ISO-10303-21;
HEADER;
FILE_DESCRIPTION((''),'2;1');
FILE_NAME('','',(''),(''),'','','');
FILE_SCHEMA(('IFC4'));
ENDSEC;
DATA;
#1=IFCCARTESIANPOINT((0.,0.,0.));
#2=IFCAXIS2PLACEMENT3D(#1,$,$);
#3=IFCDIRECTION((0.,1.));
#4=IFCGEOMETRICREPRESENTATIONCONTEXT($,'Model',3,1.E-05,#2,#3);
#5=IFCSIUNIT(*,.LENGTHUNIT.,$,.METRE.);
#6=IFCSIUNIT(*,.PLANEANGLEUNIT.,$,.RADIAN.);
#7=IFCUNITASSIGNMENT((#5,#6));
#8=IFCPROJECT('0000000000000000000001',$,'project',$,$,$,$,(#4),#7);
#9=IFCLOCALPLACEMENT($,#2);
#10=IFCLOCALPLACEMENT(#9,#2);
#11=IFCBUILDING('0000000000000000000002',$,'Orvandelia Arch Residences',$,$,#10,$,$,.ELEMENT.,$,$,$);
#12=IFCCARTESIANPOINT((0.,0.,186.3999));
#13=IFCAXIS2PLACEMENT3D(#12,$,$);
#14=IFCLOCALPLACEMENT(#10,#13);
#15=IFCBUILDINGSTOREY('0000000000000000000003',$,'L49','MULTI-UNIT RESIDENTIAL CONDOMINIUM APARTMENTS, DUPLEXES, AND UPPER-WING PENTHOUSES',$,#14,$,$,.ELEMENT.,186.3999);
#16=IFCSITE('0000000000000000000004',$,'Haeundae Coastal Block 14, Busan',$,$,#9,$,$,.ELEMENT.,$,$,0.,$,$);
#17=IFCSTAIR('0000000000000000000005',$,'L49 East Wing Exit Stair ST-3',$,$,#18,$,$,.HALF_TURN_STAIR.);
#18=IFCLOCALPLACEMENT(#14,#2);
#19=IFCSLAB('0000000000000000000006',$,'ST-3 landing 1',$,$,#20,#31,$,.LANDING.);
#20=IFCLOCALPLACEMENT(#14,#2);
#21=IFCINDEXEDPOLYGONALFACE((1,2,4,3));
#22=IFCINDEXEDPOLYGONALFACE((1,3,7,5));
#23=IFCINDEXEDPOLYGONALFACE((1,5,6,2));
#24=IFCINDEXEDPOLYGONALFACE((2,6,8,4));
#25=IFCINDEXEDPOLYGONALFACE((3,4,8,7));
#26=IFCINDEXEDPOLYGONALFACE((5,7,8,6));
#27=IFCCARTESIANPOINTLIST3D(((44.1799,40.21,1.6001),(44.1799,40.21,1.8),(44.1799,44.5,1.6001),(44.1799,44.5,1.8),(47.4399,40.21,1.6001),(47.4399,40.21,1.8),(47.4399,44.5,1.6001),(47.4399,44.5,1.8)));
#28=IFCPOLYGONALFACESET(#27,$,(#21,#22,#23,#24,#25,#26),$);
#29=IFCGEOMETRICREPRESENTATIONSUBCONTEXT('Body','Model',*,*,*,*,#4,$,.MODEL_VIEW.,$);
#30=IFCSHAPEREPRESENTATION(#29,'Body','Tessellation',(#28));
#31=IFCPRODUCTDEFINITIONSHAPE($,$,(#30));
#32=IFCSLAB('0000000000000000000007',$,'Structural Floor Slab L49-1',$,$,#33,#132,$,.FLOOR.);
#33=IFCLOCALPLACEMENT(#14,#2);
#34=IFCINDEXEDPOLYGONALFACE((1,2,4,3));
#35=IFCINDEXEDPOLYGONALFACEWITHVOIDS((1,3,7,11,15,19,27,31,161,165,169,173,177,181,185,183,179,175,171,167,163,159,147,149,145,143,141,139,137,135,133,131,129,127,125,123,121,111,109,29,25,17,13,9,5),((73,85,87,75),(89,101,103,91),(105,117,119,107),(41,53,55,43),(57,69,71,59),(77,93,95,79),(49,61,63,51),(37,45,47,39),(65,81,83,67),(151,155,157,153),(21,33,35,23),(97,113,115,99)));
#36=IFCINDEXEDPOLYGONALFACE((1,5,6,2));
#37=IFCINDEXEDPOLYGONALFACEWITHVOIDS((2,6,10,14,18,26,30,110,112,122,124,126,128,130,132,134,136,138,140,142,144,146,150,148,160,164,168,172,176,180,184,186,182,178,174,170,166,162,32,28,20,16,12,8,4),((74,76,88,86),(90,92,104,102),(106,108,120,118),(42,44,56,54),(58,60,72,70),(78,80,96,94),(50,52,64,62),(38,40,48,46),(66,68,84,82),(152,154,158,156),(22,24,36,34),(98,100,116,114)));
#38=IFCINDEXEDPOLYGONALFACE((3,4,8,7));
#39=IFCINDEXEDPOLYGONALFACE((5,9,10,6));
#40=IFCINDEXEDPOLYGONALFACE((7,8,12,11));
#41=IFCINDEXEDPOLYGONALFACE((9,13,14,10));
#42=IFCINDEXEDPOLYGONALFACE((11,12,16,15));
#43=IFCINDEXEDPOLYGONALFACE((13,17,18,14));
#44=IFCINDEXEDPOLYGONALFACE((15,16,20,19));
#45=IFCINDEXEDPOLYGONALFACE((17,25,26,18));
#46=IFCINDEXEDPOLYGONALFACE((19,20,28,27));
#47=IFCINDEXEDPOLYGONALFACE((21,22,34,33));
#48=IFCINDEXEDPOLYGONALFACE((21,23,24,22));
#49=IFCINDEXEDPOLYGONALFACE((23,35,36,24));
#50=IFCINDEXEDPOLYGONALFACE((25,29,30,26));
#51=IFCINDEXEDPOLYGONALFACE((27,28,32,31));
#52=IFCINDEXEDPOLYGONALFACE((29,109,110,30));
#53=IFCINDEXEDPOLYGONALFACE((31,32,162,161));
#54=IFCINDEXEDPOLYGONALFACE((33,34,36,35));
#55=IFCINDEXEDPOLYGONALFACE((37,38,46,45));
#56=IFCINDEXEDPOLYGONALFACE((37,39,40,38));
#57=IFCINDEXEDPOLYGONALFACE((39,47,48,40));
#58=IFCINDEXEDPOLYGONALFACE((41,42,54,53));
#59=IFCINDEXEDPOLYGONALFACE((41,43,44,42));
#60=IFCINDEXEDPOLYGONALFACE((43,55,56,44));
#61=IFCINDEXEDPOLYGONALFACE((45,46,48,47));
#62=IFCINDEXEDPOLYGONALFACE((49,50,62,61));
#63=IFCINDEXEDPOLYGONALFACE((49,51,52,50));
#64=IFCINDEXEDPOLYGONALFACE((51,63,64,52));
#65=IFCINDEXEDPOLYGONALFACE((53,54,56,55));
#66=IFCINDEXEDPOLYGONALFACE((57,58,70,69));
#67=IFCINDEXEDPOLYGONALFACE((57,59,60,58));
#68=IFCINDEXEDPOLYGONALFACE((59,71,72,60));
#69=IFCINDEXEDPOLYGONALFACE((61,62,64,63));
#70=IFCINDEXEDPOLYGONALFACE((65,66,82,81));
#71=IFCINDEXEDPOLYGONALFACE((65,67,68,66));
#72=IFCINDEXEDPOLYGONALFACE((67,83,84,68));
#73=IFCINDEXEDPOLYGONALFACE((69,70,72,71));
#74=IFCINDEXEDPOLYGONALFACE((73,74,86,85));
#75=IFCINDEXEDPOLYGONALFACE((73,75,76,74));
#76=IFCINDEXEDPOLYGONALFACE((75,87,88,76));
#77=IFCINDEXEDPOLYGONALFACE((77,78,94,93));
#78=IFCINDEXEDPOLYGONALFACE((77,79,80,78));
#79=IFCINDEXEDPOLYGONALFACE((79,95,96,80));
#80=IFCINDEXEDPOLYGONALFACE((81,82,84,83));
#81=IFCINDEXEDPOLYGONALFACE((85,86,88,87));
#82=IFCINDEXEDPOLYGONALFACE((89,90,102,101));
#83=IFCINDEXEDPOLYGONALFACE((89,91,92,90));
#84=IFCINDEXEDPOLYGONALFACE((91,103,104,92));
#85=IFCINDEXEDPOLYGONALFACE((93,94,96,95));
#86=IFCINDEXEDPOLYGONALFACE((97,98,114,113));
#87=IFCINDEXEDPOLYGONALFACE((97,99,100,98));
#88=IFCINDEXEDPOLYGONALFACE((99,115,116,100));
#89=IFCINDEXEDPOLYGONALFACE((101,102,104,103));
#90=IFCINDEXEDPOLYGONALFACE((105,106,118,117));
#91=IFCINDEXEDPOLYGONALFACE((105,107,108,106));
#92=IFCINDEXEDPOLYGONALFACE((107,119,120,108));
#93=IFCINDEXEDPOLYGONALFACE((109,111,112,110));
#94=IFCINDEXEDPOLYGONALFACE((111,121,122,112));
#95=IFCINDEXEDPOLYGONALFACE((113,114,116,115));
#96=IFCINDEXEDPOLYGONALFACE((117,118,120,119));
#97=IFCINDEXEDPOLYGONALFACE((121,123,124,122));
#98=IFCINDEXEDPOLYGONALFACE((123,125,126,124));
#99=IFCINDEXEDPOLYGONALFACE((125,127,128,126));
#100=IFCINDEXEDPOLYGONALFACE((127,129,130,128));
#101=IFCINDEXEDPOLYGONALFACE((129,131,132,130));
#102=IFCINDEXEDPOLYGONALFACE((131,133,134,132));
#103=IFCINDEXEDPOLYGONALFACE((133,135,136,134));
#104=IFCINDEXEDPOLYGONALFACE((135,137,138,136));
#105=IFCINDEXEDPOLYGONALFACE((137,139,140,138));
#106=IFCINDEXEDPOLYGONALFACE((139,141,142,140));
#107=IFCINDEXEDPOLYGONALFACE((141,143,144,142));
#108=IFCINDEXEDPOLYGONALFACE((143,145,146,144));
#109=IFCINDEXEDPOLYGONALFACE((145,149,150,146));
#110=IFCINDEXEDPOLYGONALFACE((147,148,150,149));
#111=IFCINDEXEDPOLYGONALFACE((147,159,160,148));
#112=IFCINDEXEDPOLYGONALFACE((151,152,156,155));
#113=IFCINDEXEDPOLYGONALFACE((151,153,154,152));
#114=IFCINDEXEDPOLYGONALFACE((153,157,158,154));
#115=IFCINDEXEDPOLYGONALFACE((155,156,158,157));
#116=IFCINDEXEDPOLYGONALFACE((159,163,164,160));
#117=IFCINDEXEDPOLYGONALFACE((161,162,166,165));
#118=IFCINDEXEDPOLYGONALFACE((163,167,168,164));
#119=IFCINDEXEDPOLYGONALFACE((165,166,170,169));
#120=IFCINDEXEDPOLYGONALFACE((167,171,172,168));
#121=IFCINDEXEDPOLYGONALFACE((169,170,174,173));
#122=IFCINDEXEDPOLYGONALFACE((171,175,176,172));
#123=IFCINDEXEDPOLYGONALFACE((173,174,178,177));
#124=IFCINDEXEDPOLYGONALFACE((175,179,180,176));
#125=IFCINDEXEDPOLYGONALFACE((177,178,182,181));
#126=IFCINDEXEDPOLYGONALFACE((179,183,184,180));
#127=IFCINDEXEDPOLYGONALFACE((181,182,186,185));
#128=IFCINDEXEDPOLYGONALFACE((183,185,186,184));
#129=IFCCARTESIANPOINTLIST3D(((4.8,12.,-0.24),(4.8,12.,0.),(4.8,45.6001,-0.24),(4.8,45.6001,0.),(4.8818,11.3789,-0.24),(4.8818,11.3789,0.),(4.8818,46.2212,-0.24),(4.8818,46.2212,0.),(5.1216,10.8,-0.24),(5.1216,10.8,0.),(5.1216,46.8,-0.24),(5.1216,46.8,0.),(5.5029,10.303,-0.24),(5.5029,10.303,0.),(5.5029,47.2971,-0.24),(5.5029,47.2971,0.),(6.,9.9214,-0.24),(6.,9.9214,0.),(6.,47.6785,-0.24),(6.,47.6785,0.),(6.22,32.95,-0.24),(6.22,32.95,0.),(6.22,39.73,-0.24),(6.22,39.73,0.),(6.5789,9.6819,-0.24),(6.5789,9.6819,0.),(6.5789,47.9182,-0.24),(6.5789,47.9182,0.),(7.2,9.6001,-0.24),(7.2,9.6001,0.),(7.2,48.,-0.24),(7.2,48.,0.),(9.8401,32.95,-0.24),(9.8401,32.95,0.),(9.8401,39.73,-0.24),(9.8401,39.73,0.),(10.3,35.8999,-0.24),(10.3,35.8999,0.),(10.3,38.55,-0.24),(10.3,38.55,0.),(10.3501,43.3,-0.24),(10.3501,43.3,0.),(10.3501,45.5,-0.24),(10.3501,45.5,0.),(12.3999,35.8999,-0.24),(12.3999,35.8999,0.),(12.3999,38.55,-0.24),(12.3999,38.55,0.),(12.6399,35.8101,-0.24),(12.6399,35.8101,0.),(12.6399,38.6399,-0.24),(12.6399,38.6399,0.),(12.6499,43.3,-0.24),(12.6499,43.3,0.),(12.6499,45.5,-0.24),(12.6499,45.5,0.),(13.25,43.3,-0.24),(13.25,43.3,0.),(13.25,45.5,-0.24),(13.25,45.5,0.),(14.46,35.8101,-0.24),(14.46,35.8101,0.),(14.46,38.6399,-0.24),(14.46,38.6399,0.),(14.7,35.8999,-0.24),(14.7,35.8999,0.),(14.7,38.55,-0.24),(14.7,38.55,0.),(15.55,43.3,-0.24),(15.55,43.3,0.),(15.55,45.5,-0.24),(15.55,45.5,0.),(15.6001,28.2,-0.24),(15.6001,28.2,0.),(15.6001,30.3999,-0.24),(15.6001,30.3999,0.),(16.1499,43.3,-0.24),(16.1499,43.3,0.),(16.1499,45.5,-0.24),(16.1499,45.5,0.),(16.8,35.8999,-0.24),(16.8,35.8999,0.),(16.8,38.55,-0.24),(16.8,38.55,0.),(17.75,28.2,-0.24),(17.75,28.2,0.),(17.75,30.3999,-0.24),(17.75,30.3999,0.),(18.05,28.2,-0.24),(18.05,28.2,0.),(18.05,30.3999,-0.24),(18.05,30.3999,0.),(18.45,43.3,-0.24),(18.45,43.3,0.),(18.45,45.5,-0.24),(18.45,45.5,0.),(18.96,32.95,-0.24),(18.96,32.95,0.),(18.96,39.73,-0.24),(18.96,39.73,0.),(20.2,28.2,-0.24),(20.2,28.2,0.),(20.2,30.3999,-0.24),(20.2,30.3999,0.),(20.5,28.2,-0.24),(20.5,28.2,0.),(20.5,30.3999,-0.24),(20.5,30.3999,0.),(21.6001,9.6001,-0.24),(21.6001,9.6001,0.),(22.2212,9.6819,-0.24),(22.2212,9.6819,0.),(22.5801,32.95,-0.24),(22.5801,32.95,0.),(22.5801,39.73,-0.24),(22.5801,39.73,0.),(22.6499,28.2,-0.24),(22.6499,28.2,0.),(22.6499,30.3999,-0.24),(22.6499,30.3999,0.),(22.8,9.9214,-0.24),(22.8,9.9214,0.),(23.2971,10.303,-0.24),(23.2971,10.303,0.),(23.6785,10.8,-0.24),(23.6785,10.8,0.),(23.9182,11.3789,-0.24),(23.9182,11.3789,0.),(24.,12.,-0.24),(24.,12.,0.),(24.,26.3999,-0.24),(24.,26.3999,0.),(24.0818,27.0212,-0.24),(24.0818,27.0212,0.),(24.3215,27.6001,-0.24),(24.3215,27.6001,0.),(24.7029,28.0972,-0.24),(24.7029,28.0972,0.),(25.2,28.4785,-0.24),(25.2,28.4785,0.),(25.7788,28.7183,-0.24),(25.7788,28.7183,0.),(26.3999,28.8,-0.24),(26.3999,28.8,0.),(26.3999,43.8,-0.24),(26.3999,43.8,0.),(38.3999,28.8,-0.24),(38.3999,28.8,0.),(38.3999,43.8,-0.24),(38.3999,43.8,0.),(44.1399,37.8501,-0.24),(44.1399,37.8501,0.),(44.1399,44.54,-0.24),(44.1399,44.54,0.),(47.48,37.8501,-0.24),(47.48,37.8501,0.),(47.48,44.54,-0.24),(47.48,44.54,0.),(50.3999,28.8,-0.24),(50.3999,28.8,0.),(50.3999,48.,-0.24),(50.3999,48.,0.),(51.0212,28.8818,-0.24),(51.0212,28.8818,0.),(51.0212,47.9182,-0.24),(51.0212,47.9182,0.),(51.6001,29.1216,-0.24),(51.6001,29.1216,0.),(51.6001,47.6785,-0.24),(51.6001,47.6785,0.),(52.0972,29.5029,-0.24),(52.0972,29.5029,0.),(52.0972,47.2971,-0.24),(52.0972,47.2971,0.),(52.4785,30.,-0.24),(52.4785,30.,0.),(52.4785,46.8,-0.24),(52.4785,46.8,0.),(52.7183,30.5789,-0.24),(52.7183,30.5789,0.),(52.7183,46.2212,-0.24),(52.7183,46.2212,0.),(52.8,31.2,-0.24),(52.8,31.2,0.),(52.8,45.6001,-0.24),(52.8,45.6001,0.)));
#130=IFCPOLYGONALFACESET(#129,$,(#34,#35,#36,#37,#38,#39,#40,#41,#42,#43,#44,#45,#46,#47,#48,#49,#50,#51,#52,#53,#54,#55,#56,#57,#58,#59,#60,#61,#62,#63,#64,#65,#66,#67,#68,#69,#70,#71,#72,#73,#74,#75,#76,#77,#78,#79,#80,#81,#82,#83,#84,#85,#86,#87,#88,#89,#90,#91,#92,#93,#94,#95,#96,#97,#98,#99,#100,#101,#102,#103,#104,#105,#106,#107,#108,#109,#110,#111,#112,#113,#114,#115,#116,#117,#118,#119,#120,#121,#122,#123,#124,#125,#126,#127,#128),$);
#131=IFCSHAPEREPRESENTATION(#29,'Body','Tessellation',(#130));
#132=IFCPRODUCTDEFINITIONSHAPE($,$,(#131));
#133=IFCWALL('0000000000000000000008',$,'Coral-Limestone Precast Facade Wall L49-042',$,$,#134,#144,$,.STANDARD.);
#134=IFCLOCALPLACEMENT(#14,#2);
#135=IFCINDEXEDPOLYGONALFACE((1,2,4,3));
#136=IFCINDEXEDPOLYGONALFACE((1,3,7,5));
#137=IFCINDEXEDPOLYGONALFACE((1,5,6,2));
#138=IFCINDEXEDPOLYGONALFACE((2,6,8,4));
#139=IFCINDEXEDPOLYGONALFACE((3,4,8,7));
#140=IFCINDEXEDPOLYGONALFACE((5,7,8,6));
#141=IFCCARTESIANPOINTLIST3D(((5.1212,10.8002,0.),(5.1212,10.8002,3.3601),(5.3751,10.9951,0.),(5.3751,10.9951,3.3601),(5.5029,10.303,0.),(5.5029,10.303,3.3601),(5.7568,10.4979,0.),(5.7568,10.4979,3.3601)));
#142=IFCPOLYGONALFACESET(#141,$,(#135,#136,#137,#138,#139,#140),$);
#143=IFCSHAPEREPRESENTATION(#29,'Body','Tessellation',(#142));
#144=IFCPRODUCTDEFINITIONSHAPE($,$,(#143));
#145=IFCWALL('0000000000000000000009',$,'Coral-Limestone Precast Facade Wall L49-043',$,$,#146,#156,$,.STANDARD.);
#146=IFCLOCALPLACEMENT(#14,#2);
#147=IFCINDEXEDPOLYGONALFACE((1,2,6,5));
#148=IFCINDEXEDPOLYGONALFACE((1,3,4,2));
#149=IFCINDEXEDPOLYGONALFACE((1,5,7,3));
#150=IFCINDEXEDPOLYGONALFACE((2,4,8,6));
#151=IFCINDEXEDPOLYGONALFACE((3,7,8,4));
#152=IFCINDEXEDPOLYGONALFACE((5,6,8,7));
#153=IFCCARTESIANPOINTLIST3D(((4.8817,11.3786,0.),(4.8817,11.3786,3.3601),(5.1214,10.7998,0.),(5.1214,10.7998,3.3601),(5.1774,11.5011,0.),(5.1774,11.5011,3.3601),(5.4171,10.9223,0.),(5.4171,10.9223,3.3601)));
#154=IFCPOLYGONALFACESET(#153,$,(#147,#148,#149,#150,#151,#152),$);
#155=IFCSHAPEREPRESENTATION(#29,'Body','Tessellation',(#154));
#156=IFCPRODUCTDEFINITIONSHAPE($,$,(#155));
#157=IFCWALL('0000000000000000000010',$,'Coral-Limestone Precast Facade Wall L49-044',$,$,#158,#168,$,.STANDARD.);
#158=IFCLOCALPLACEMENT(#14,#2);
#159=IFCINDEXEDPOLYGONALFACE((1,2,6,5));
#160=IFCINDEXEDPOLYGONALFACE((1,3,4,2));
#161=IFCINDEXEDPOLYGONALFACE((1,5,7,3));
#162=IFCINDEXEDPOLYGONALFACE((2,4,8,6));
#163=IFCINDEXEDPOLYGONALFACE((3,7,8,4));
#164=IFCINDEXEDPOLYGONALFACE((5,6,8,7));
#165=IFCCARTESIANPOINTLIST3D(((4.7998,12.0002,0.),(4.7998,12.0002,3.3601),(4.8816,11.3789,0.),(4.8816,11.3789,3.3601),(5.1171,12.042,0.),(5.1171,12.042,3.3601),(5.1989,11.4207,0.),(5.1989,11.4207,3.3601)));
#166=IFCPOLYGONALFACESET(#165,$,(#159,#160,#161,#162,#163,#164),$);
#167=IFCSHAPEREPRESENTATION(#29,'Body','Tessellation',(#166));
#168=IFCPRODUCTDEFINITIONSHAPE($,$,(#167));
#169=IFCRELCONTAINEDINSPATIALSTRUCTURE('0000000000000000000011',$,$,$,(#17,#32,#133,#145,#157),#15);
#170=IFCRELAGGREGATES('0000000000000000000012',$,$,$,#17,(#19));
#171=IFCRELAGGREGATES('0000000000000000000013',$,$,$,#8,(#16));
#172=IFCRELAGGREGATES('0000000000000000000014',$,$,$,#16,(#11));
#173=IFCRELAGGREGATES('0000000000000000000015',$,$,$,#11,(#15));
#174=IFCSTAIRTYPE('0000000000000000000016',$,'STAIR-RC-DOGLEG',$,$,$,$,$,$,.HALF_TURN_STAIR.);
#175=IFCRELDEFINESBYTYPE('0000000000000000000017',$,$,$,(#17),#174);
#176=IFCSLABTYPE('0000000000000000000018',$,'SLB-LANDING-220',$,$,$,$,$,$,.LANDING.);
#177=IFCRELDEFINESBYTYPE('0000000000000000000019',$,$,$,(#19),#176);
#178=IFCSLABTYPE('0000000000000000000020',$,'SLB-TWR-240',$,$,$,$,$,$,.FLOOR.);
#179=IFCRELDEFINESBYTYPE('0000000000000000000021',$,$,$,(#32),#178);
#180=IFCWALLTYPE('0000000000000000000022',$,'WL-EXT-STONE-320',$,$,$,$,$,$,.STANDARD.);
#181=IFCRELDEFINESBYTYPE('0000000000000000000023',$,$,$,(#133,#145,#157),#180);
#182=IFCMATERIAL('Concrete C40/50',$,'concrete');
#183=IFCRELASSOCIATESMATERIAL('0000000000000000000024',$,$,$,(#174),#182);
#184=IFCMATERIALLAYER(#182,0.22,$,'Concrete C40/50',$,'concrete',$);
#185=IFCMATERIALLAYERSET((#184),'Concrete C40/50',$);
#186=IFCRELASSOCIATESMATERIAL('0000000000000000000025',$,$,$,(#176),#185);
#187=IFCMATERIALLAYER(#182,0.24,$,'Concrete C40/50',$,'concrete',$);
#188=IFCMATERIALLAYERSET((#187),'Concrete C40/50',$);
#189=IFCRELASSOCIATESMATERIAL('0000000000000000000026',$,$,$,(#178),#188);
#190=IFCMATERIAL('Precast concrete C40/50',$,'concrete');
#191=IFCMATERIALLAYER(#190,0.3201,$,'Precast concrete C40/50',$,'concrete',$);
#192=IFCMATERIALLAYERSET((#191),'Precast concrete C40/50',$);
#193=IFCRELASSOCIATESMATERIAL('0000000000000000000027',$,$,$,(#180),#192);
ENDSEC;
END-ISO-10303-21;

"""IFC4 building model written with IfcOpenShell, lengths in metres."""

from ifc_helpers import new_model, si_unit, direction, frame, frame_2d, origin, place, context, subcontext, project, spatial, polyline, rectangle, outline, extrude, material, layer, layer_set, type_object, element, aggregate, save


model = new_model("IFC4")

# Units and contexts
model_context = context("Model", 3, precision=1e-05, world=origin(), true_north=direction((0.0, 1.0)))
body_context = subcontext(model_context, "Body", "Model", "MODEL_VIEW")
ifc_project = project(units=[si_unit("LENGTHUNIT", "METRE"), si_unit("PLANEANGLEUNIT", "RADIAN")], contexts=[model_context])

# Site, building, storey
site_placement = place(None, origin())
site = spatial("IfcSite", under=ifc_project, at=site_placement, Name="Haeundae Coastal Block 14, Busan", CompositionType="ELEMENT", RefElevation=0.0)
building_placement = place(site_placement, origin())
building = spatial("IfcBuilding", under=site, at=building_placement, Name="Orvandelia Arch Residences", CompositionType="ELEMENT")
storey_placement = place(building_placement, frame((0.0, 0.0, 186.3999)))
storey = spatial("IfcBuildingStorey", under=building, at=storey_placement, Name="L49", Description="MULTI-UNIT RESIDENTIAL CONDOMINIUM APARTMENTS, DUPLEXES, AND UPPER-WING PENTHOUSES", CompositionType="ELEMENT", Elevation=186.3999)

# Shared definitions
ifc_material_1 = material(Name="Precast concrete C40/50", Category="concrete")

# Stair, slab
ifc_material_2 = material(Name="Concrete C40/50", Category="concrete")
stair_type = type_object("IfcStairType", Name="STAIR-RC-DOGLEG", PredefinedType="HALF_TURN_STAIR", material=ifc_material_2)
ifc_layer_1 = layer(ifc_material_2, 0.22, Name="Concrete C40/50", Category="concrete")
ifc_layer_set_1 = layer_set([ifc_layer_1], Name="Concrete C40/50")
slab_type_1 = type_object("IfcSlabType", Name="SLB-LANDING-220", PredefinedType="LANDING", material=ifc_layer_set_1)
stair_1_placement = place(storey_placement, origin())
stair_1 = element("IfcStair", 1, at=stair_1_placement, inside=storey, type_object=stair_type, Name="L49 East Wing Exit Stair ST-3", PredefinedType="HALF_TURN_STAIR")
slab_1_placement = place(storey_placement, frame((0.0, 0.0, 1.6001)))
slab_1 = element("IfcSlab", 2, at=slab_1_placement, type_object=slab_type_1, Name="ST-3 landing 1", PredefinedType="LANDING", context=body_context, shape_type="SweptSolid", body=[
    extrude(outline(polyline([(47.4399, 40.21), (47.4399, 44.5), (44.1799, 44.5), (44.1799, 40.21), (47.4399, 40.21)])), origin(), (0.0, 0.0, 1.0), 0.2),
])
aggregate(stair_1, [slab_1])

# Slab
ifc_layer_2 = layer(ifc_material_2, 0.24, Name="Concrete C40/50", Category="concrete")
ifc_layer_set_2 = layer_set([ifc_layer_2], Name="Concrete C40/50")
slab_type_2 = type_object("IfcSlabType", Name="SLB-TWR-240", PredefinedType="FLOOR", material=ifc_layer_set_2)
slab_2_placement = place(storey_placement, frame((0.0, 0.0, -0.24)))
element("IfcSlab", 3, at=slab_2_placement, inside=storey, type_object=slab_type_2, Name="Structural Floor Slab L49-1", PredefinedType="FLOOR", context=body_context, shape_type="SweptSolid", body=[
    extrude(outline(polyline([(4.8, 12.0), (4.8818, 11.3789), (5.1216, 10.8), (5.5029, 10.303), (6.0, 9.9214), (6.5789, 9.6819), (7.2, 9.6001), (21.6001, 9.6001), (22.2212, 9.6819), (22.8, 9.9214), (23.2971, 10.303), (23.6785, 10.8), (23.9182, 11.3789), (24.0, 12.0), (24.0, 26.3999), (24.0818, 27.0212), (24.3215, 27.6001), (24.7029, 28.0972), (25.2, 28.4785), (25.7788, 28.7183), (26.3999, 28.8), (26.3999, 43.8), (38.3999, 43.8), (38.3999, 28.8), (50.3999, 28.8), (51.0212, 28.8818), (51.6001, 29.1216), (52.0972, 29.5029), (52.4785, 30.0), (52.7183, 30.5789), (52.8, 31.2), (52.8, 45.6001), (52.7183, 46.2212), (52.4785, 46.8), (52.0972, 47.2971), (51.6001, 47.6785), (51.0212, 47.9182), (50.3999, 48.0), (7.2, 48.0), (6.5789, 47.9182), (6.0, 47.6785), (5.5029, 47.2971), (5.1216, 46.8), (4.8818, 46.2212), (4.8, 45.6001), (4.8, 12.0)]), holes=[polyline([(6.22, 32.95), (9.8401, 32.95), (9.8401, 39.73), (6.22, 39.73), (6.22, 32.95)]), polyline([(18.96, 32.95), (22.5801, 32.95), (22.5801, 39.73), (18.96, 39.73), (18.96, 32.95)]), polyline([(44.1399, 37.8501), (47.48, 37.8501), (47.48, 44.54), (44.1399, 44.54), (44.1399, 37.8501)]), polyline([(12.6399, 35.8101), (14.46, 35.8101), (14.46, 38.6399), (12.6399, 38.6399), (12.6399, 35.8101)]), polyline([(10.3, 35.8999), (12.3999, 35.8999), (12.3999, 38.55), (10.3, 38.55), (10.3, 35.8999)]), polyline([(14.7, 35.8999), (16.8, 35.8999), (16.8, 38.55), (14.7, 38.55), (14.7, 35.8999)]), polyline([(10.3501, 43.3), (12.6499, 43.3), (12.6499, 45.5), (10.3501, 45.5), (10.3501, 43.3)]), polyline([(13.25, 43.3), (15.55, 43.3), (15.55, 45.5), (13.25, 45.5), (13.25, 43.3)]), polyline([(16.1499, 43.3), (18.45, 43.3), (18.45, 45.5), (16.1499, 45.5), (16.1499, 43.3)]), polyline([(15.6001, 28.2), (17.75, 28.2), (17.75, 30.3999), (15.6001, 30.3999), (15.6001, 28.2)]), polyline([(18.05, 28.2), (20.2, 28.2), (20.2, 30.3999), (18.05, 30.3999), (18.05, 28.2)]), polyline([(20.5, 28.2), (22.6499, 28.2), (22.6499, 30.3999), (20.5, 30.3999), (20.5, 28.2)])]), origin(), (0.0, 0.0, 1.0), 0.24),
])

# Walls
ifc_layer_3 = layer(ifc_material_1, 0.3201, Name="Precast concrete C40/50", Category="concrete")
ifc_layer_set_3 = layer_set([ifc_layer_3], Name="Precast concrete C40/50")
wall_type_1 = type_object("IfcWallType", Name="WL-EXT-STONE-320", PredefinedType="STANDARD", material=ifc_layer_set_3)
wall_1_placement = place(storey_placement, frame((5.6299, 10.4004, 0.0), z_axis=(0.0, 0.0, 1.0), x_axis=(-0.608939, 0.793217, 0.0)))
element("IfcWall", 4, at=wall_1_placement, inside=storey, type_object=wall_type_1, Name="Coral-Limestone Precast Facade Wall L49-042", PredefinedType="STANDARD", context=body_context, shape_type="SweptSolid", body=[
    extrude(rectangle(XDim=0.6267, YDim=0.3201, at=frame_2d((0.3135, 0.0))), origin(), (0.0, 0.0, 1.0), 3.3601),
])
wall_2_placement = place(storey_placement, frame((5.2693, 10.8611, 0.0), z_axis=(0.0, 0.0, 1.0), x_axis=(-0.38265, 0.923893, 0.0)))
element("IfcWall", 5, at=wall_2_placement, inside=storey, type_object=wall_type_1, Name="Coral-Limestone Precast Facade Wall L49-043", PredefinedType="STANDARD", context=body_context, shape_type="SweptSolid", body=[
    extrude(rectangle(XDim=0.6265, YDim=0.3201, at=frame_2d((0.3132, 0.0))), origin(), (0.0, 0.0, 1.0), 3.3601),
])
wall_3_placement = place(storey_placement, frame((5.0403, 11.3997, 0.0), z_axis=(0.0, 0.0, 1.0), x_axis=(-0.130505, 0.991448, 0.0)))
element("IfcWall", 6, at=wall_3_placement, inside=storey, type_object=wall_type_1, Name="Coral-Limestone Precast Facade Wall L49-044", PredefinedType="STANDARD", context=body_context, shape_type="SweptSolid", body=[
    extrude(rectangle(XDim=0.6267, YDim=0.3201, at=frame_2d((0.3135, 0.0))), origin(), (0.0, 0.0, 1.0), 3.3601),
])

save(model, "model.ifc")
